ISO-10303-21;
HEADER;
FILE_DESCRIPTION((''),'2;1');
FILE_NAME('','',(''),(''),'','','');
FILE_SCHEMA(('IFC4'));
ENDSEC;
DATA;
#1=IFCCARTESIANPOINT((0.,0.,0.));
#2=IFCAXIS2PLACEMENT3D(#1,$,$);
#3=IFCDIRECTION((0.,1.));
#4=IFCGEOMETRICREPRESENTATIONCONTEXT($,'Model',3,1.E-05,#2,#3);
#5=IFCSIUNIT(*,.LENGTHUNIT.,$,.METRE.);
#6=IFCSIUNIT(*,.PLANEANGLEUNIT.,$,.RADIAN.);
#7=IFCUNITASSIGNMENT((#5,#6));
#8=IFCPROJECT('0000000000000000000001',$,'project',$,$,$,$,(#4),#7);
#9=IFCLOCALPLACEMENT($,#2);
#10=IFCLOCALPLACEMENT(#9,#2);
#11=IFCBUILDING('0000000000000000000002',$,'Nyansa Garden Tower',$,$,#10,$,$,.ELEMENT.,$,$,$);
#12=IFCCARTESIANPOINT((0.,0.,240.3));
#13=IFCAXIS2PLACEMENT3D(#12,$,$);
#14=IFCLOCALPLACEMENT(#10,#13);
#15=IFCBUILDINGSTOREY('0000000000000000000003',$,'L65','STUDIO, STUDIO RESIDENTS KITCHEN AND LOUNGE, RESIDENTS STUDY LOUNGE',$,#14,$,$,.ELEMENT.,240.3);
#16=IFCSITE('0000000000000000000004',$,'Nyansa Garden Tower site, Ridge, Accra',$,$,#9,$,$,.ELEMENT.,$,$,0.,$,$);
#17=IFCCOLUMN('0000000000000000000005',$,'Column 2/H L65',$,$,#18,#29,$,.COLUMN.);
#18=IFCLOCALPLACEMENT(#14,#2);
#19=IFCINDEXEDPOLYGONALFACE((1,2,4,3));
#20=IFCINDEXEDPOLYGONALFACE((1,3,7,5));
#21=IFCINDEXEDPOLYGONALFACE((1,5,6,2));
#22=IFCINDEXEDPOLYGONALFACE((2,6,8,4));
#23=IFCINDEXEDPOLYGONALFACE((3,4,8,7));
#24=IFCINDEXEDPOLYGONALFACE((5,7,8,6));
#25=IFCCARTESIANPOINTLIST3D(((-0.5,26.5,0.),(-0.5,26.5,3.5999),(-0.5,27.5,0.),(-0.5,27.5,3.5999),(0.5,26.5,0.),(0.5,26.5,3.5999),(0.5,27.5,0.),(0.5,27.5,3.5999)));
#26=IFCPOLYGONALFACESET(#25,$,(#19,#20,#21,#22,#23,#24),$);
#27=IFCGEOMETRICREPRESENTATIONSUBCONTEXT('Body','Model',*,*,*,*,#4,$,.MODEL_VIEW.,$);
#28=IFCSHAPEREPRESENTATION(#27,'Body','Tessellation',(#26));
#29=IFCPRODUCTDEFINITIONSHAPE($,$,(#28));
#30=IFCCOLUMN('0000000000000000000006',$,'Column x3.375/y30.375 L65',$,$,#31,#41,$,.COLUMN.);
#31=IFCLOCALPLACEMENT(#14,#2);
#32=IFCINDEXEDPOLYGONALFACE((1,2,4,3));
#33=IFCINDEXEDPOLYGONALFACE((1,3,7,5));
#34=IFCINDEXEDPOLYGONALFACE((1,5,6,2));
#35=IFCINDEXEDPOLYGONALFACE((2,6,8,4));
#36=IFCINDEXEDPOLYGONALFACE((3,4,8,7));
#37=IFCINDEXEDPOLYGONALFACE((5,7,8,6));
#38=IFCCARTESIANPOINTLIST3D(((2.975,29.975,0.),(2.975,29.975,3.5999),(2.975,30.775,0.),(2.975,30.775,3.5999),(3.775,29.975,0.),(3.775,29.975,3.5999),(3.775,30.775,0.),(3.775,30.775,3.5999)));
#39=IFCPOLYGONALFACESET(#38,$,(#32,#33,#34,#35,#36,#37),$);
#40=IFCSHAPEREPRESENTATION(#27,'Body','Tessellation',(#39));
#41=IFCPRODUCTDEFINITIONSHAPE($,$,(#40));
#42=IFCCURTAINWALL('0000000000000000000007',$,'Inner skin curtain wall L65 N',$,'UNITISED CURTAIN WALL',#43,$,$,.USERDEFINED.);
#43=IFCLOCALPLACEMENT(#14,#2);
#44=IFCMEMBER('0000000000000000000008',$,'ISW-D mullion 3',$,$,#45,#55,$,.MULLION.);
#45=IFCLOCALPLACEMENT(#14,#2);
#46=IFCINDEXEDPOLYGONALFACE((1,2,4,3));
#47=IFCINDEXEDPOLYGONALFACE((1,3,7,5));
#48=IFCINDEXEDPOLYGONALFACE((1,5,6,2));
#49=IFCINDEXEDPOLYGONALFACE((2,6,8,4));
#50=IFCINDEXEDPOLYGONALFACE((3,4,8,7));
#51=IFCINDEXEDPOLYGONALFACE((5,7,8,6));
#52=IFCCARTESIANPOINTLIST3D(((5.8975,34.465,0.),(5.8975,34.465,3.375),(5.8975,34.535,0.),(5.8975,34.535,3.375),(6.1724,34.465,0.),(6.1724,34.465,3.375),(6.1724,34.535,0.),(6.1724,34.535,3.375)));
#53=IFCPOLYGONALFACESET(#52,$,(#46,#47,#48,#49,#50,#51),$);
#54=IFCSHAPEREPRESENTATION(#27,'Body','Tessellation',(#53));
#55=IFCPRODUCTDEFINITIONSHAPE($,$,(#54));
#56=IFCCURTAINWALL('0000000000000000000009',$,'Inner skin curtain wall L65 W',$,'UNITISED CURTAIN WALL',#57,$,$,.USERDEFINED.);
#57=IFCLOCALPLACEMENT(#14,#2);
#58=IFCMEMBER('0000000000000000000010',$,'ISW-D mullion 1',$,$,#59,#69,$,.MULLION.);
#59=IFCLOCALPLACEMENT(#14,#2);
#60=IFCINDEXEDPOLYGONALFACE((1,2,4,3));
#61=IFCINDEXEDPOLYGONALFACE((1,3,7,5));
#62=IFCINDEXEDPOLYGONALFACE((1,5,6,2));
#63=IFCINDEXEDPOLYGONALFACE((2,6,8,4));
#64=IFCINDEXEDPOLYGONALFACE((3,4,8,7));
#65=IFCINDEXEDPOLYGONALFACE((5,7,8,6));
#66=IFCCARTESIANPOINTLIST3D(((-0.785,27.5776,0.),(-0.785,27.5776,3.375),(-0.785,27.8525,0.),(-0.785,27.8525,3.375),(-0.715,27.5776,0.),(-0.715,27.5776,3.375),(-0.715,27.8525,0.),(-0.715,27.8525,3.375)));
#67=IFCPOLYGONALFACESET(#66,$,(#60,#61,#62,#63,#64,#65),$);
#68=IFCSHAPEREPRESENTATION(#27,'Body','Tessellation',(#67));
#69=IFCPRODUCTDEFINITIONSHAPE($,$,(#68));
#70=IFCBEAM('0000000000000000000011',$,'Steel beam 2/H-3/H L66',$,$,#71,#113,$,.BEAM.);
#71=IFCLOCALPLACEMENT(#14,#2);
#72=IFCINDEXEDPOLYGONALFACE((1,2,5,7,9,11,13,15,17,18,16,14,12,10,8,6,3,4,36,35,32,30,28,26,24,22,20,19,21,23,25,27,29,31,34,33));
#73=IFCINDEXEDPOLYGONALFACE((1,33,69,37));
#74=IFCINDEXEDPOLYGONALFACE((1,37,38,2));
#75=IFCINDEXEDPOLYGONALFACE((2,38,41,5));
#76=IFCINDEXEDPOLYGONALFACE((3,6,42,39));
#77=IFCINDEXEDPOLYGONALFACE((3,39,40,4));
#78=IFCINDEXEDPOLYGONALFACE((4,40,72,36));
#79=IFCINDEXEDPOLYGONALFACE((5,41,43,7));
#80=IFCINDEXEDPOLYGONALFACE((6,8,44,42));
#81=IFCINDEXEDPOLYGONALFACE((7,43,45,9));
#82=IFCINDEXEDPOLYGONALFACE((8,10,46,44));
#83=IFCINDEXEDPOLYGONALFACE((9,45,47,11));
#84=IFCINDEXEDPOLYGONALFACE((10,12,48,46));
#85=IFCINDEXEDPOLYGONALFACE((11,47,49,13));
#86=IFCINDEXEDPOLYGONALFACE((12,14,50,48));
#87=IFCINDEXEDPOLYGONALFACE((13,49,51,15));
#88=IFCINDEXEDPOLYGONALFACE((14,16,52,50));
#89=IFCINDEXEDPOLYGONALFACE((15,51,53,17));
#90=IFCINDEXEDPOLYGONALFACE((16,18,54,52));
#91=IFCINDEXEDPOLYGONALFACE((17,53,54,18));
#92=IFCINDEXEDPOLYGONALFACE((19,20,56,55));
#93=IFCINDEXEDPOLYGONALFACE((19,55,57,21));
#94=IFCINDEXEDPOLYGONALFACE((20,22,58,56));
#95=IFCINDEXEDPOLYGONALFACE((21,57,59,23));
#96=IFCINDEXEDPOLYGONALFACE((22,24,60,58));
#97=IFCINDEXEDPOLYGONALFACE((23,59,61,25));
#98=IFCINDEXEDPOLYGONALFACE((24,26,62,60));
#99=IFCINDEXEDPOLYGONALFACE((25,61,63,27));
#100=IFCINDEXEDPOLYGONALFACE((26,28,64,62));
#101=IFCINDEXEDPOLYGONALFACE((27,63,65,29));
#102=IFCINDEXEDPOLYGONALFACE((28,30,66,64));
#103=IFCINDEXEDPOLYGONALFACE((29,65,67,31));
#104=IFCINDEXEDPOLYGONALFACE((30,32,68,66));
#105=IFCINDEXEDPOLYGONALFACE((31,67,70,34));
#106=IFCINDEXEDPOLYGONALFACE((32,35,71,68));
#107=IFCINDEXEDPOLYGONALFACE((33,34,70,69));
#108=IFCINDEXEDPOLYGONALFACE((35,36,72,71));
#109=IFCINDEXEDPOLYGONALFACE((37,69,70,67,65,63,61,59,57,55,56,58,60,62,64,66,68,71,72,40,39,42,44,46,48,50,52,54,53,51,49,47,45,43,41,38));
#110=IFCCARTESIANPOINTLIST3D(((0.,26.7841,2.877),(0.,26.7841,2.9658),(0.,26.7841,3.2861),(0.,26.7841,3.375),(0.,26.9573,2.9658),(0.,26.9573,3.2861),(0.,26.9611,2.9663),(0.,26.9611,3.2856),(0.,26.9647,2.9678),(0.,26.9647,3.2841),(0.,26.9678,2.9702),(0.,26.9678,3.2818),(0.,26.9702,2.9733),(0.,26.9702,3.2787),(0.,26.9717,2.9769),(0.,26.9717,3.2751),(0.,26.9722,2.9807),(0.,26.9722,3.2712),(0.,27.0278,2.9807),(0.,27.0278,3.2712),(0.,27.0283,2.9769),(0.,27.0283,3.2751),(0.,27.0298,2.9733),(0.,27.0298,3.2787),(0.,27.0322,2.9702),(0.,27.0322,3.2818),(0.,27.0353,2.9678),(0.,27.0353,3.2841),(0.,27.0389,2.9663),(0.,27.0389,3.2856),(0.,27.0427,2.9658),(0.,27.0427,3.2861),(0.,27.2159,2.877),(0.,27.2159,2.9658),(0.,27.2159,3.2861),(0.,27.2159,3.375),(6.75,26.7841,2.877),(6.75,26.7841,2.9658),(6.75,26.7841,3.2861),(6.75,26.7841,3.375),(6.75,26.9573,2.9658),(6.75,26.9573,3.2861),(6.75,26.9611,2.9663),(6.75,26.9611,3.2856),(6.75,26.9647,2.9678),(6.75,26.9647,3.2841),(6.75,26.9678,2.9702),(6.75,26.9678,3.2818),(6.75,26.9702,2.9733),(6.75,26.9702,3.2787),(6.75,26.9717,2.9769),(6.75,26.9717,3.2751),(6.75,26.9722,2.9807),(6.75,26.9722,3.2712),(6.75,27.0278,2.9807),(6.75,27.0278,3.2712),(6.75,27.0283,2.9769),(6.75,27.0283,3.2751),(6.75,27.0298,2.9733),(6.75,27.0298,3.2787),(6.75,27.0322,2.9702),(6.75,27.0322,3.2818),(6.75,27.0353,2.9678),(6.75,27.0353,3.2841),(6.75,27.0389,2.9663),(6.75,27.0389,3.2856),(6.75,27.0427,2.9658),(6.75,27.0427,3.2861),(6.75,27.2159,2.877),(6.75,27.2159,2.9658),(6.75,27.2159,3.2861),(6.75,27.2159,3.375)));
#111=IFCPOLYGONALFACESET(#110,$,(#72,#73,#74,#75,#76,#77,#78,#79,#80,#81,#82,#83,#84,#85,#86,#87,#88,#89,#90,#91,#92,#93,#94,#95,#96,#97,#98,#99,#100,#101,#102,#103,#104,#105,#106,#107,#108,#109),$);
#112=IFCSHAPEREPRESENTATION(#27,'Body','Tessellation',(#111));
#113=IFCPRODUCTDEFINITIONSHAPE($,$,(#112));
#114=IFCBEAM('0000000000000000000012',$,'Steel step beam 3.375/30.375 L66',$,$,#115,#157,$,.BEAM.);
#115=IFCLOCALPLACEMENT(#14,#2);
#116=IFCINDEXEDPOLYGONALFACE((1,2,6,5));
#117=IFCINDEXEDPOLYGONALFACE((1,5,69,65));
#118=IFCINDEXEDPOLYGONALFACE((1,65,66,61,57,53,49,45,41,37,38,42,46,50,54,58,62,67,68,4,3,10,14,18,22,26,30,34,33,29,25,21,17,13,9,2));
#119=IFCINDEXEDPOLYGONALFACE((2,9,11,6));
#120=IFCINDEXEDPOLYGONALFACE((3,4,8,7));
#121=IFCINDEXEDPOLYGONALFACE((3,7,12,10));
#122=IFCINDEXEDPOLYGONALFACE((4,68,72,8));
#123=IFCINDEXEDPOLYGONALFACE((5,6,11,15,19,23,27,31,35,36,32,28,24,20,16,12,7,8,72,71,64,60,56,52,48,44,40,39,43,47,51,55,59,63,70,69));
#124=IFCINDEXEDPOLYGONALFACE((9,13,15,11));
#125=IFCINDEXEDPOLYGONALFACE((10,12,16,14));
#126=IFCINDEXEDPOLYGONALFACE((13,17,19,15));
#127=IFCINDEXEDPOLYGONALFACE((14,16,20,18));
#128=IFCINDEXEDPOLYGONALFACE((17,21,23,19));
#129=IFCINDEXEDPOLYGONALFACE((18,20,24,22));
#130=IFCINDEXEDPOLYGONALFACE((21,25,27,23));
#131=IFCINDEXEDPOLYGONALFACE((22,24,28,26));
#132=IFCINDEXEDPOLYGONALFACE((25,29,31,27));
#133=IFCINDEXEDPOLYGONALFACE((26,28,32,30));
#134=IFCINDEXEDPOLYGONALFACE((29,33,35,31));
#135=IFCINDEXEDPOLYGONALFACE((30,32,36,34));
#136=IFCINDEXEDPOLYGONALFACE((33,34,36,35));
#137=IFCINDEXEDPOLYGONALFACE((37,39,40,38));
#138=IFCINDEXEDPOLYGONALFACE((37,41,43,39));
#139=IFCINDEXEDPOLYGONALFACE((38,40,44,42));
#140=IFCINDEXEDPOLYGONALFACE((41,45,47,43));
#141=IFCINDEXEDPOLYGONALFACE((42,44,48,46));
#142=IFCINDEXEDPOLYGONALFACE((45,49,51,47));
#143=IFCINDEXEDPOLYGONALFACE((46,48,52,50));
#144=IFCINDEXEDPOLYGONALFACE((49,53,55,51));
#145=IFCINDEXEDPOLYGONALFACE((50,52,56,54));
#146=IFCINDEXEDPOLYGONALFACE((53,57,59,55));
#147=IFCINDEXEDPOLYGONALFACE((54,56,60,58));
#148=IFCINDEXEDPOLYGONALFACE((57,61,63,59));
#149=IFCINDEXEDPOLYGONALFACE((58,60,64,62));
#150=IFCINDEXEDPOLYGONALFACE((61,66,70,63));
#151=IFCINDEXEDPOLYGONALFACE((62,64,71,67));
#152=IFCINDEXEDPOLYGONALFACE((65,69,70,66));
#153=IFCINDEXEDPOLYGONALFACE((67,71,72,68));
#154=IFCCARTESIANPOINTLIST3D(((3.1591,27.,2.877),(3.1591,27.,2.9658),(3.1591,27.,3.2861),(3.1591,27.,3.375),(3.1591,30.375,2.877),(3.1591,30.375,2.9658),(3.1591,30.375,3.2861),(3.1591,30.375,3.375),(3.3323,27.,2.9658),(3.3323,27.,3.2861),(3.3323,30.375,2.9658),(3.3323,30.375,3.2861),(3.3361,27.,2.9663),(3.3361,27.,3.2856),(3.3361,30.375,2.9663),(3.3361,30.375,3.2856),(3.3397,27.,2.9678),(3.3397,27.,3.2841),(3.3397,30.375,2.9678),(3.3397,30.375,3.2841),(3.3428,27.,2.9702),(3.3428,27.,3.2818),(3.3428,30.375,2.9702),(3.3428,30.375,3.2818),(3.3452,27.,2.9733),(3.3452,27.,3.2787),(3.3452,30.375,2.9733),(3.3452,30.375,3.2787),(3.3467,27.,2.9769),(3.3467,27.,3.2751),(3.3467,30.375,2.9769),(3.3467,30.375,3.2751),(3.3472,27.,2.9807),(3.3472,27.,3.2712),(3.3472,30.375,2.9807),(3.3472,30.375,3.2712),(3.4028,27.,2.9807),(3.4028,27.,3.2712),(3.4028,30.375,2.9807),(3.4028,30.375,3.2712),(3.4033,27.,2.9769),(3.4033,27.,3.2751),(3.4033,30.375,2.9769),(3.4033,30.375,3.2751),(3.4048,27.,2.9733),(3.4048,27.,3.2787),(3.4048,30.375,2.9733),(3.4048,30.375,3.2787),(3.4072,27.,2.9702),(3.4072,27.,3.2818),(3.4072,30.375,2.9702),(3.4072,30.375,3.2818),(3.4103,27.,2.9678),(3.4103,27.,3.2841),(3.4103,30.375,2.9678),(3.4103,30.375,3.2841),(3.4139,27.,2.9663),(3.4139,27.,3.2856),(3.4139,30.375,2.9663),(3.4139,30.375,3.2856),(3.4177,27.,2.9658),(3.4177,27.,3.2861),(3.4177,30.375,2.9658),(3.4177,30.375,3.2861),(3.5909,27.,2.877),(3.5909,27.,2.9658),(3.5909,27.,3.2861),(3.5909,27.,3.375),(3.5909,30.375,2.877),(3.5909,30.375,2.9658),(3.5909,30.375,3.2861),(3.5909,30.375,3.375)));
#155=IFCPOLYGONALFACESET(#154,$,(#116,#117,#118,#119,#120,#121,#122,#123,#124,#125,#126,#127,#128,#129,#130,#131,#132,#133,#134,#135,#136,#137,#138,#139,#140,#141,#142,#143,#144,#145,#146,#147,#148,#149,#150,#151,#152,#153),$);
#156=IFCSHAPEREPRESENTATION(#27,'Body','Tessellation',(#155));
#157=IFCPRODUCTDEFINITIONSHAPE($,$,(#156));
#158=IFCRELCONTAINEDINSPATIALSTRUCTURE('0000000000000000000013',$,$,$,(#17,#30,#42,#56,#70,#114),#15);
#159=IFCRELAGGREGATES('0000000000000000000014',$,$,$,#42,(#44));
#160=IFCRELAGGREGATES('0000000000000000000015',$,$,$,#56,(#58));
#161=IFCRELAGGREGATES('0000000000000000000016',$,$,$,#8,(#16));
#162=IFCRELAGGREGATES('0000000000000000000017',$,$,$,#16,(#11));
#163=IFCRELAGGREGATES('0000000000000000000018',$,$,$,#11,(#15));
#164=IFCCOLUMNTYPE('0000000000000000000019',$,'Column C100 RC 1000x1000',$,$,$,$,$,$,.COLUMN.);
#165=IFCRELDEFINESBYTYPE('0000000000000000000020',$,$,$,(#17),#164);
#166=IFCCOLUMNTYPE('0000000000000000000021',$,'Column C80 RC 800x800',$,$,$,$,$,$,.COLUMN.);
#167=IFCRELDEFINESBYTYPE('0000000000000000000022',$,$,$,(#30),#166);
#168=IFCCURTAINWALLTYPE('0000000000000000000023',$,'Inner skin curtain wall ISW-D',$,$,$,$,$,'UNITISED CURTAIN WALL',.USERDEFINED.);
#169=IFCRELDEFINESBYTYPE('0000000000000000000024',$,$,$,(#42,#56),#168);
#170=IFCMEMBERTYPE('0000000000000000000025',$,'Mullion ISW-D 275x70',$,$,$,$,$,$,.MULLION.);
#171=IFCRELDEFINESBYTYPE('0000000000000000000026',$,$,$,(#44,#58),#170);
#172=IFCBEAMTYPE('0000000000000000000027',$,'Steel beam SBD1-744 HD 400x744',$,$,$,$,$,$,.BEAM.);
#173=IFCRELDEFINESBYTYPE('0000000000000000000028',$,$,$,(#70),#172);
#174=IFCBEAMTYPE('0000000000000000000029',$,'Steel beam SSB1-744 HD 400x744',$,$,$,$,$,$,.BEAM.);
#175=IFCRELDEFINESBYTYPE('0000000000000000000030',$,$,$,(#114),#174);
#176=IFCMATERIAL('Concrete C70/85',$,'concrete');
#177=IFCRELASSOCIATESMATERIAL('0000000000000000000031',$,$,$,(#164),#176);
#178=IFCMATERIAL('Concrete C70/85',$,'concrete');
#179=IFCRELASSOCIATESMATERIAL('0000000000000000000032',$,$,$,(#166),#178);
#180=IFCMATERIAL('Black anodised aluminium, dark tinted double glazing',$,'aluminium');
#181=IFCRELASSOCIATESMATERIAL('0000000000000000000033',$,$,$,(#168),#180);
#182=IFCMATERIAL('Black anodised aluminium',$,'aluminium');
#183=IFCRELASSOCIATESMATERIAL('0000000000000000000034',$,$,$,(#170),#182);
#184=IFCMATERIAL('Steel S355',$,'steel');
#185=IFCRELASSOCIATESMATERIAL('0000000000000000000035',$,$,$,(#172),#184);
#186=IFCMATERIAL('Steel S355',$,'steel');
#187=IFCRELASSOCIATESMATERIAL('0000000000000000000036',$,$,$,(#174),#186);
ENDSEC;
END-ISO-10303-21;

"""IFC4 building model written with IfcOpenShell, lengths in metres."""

from ifc_helpers import new_model, si_unit, direction, frame, origin, origin_2d, place, context, subcontext, project, spatial, rectangle, i_section, extrude, material, material_profile, profile_set, type_object, element, aggregate, save


model = new_model("IFC4")

# Units and contexts
model_context = context("Model", 3, precision=1e-05, world=origin(), true_north=direction((0.0, 1.0)))
body_context = subcontext(model_context, "Body", "Model", "MODEL_VIEW")
ifc_project = project(units=[si_unit("LENGTHUNIT", "METRE"), si_unit("PLANEANGLEUNIT", "RADIAN")], contexts=[model_context])

# Site, building, storey
site_placement = place(None, origin())
site = spatial("IfcSite", under=ifc_project, at=site_placement, Name="Nyansa Garden Tower site, Ridge, Accra", CompositionType="ELEMENT", RefElevation=0.0)
building_placement = place(site_placement, origin())
building = spatial("IfcBuilding", under=site, at=building_placement, Name="Nyansa Garden Tower", CompositionType="ELEMENT")
storey_placement = place(building_placement, frame((0.0, 0.0, 240.3)))
storey = spatial("IfcBuildingStorey", under=building, at=storey_placement, Name="L65", Description="STUDIO, STUDIO RESIDENTS KITCHEN AND LOUNGE, RESIDENTS STUDY LOUNGE", CompositionType="ELEMENT", Elevation=240.3)

# Columns
ifc_material_1 = material(Name="Concrete C70/85", Category="concrete")
ifc_material_profile_1 = material_profile(ifc_material_1, rectangle(XDim=1.0, YDim=1.0, at=origin_2d()), Name="RC 1000x1000")
ifc_profile_set_1 = profile_set([ifc_material_profile_1], Name="Concrete C70/85")
column_type_1 = type_object("IfcColumnType", Name="Column C100 RC 1000x1000", PredefinedType="COLUMN", material=ifc_profile_set_1)
column_1_placement = place(storey_placement, frame((0.0, 27.0, 0.0), z_axis=(0.0, 0.0, 1.0), x_axis=(1.0, 0.0, 0.0)))
element("IfcColumn", 1, at=column_1_placement, inside=storey, type_object=column_type_1, Name="Column 2/H L65", PredefinedType="COLUMN", context=body_context, shape_type="SweptSolid", body=[
    extrude(rectangle(XDim=1.0, YDim=1.0, at=origin_2d()), origin(), (0.0, 0.0, 1.0), 3.5999),
])
ifc_material_2 = material(Name="Concrete C70/85", Category="concrete")
ifc_material_profile_2 = material_profile(ifc_material_2, rectangle(XDim=0.8, YDim=0.8, at=origin_2d()), Name="RC 800x800")
ifc_profile_set_2 = profile_set([ifc_material_profile_2], Name="Concrete C70/85")
column_type_2 = type_object("IfcColumnType", Name="Column C80 RC 800x800", PredefinedType="COLUMN", material=ifc_profile_set_2)
column_2_placement = place(storey_placement, frame((3.375, 30.375, 0.0), z_axis=(0.0, 0.0, 1.0), x_axis=(1.0, 0.0, 0.0)))
element("IfcColumn", 2, at=column_2_placement, inside=storey, type_object=column_type_2, Name="Column x3.375/y30.375 L65", PredefinedType="COLUMN", context=body_context, shape_type="SweptSolid", body=[
    extrude(rectangle(XDim=0.8, YDim=0.8, at=origin_2d()), origin(), (0.0, 0.0, 1.0), 3.5999),
])

# Curtain walls, members
ifc_material_3 = material(Name="Black anodised aluminium, dark tinted double glazing", Category="aluminium")
curtain_wall_type = type_object("IfcCurtainWallType", Name="Inner skin curtain wall ISW-D", ElementType="UNITISED CURTAIN WALL", PredefinedType="USERDEFINED", material=ifc_material_3)
curtain_wall_1_placement = place(storey_placement, origin())
curtain_wall_1 = element("IfcCurtainWall", 3, at=curtain_wall_1_placement, inside=storey, type_object=curtain_wall_type, Name="Inner skin curtain wall L65 N", ObjectType="UNITISED CURTAIN WALL", PredefinedType="USERDEFINED")
ifc_material_4 = material(Name="Black anodised aluminium", Category="aluminium")
ifc_material_profile_3 = material_profile(ifc_material_4, rectangle(XDim=0.0701, YDim=0.2749, at=origin_2d()), Name="Mullion 275x70")
ifc_profile_set_3 = profile_set([ifc_material_profile_3], Name="Black anodised aluminium")
member_type_1 = type_object("IfcMemberType", Name="Mullion ISW-D 275x70", PredefinedType="MULLION", material=ifc_profile_set_3)
member_1_placement = place(storey_placement, frame((6.0349, 34.5, 0.0), z_axis=(0.0, 0.0, 1.0), x_axis=(0.0, -1.0, 0.0)))
member_1 = element("IfcMember", 4, at=member_1_placement, type_object=member_type_1, Name="ISW-D mullion 3", PredefinedType="MULLION", context=body_context, shape_type="SweptSolid", body=[
    extrude(rectangle(XDim=0.0701, YDim=0.2749, at=origin_2d()), origin(), (0.0, 0.0, 1.0), 3.375),
])
aggregate(curtain_wall_1, [member_1])
curtain_wall_2_placement = place(storey_placement, origin())
curtain_wall_2 = element("IfcCurtainWall", 5, at=curtain_wall_2_placement, inside=storey, type_object=curtain_wall_type, Name="Inner skin curtain wall L65 W", ObjectType="UNITISED CURTAIN WALL", PredefinedType="USERDEFINED")
member_2_placement = place(storey_placement, frame((-0.75, 27.7151, 0.0), z_axis=(0.0, 0.0, 1.0), x_axis=(1.0, 0.0, 0.0)))
member_2 = element("IfcMember", 6, at=member_2_placement, type_object=member_type_1, Name="ISW-D mullion 1", PredefinedType="MULLION", context=body_context, shape_type="SweptSolid", body=[
    extrude(rectangle(XDim=0.0701, YDim=0.2749, at=origin_2d()), origin(), (0.0, 0.0, 1.0), 3.375),
])

# Beams
ifc_material_5 = material(Name="Steel S355", Category="steel")
ifc_material_profile_4 = material_profile(ifc_material_5, i_section(OverallWidth=0.4319, OverallDepth=0.498, WebThickness=0.0557, FlangeThickness=0.0889, FilletRadius=0.0149, at=origin_2d()), Name="HD 400x744")
ifc_profile_set_4 = profile_set([ifc_material_profile_4], Name="Steel S355")
beam_type_1 = type_object("IfcBeamType", Name="Steel beam SBD1-744 HD 400x744", PredefinedType="BEAM", material=ifc_profile_set_4)
beam_placement = place(storey_placement, frame((0.0, 27.0, 3.126), z_axis=(1.0, 0.0, 0.0), x_axis=(0.0, 1.0, 0.0)))
element("IfcBeam", 7, at=beam_placement, inside=storey, type_object=beam_type_1, Name="Steel beam 2/H-3/H L66", PredefinedType="BEAM", context=body_context, shape_type="SweptSolid", body=[
    extrude(i_section(OverallWidth=0.4319, OverallDepth=0.498, WebThickness=0.0557, FlangeThickness=0.0889, FilletRadius=0.0149, at=origin_2d()), origin(), (0.0, 0.0, 1.0), 6.75),
])
ifc_material_6 = material(Name="Steel S355", Category="steel")
ifc_material_profile_5 = material_profile(ifc_material_6, i_section(OverallWidth=0.4319, OverallDepth=0.498, WebThickness=0.0557, FlangeThickness=0.0889, FilletRadius=0.0149, at=origin_2d()), Name="HD 400x744")
ifc_profile_set_5 = profile_set([ifc_material_profile_5], Name="Steel S355")
beam_type_2 = type_object("IfcBeamType", Name="Steel beam SSB1-744 HD 400x744", PredefinedType="BEAM", material=ifc_profile_set_5)
for number, where, z_axis, x_axis, name in (
    (8, (3.375, 30.375, 3.126), (0.0, -1.0, 0.0), (1.0, 0.0, 0.0), "Steel step beam 3.375/30.375 L66"),
):
    element("IfcBeam", number, at=place(storey_placement, frame(where, z_axis=z_axis, x_axis=x_axis)), inside=storey, type_object=beam_type_2, Name=name, PredefinedType="BEAM", context=body_context, shape_type="SweptSolid", body=[
        extrude(i_section(OverallWidth=0.4319, OverallDepth=0.498, WebThickness=0.0557, FlangeThickness=0.0889, FilletRadius=0.0149, at=origin_2d()), origin(), (0.0, 0.0, 1.0), 3.375),
    ])

aggregate(curtain_wall_2, [member_2])

save(model, "model.ifc")
